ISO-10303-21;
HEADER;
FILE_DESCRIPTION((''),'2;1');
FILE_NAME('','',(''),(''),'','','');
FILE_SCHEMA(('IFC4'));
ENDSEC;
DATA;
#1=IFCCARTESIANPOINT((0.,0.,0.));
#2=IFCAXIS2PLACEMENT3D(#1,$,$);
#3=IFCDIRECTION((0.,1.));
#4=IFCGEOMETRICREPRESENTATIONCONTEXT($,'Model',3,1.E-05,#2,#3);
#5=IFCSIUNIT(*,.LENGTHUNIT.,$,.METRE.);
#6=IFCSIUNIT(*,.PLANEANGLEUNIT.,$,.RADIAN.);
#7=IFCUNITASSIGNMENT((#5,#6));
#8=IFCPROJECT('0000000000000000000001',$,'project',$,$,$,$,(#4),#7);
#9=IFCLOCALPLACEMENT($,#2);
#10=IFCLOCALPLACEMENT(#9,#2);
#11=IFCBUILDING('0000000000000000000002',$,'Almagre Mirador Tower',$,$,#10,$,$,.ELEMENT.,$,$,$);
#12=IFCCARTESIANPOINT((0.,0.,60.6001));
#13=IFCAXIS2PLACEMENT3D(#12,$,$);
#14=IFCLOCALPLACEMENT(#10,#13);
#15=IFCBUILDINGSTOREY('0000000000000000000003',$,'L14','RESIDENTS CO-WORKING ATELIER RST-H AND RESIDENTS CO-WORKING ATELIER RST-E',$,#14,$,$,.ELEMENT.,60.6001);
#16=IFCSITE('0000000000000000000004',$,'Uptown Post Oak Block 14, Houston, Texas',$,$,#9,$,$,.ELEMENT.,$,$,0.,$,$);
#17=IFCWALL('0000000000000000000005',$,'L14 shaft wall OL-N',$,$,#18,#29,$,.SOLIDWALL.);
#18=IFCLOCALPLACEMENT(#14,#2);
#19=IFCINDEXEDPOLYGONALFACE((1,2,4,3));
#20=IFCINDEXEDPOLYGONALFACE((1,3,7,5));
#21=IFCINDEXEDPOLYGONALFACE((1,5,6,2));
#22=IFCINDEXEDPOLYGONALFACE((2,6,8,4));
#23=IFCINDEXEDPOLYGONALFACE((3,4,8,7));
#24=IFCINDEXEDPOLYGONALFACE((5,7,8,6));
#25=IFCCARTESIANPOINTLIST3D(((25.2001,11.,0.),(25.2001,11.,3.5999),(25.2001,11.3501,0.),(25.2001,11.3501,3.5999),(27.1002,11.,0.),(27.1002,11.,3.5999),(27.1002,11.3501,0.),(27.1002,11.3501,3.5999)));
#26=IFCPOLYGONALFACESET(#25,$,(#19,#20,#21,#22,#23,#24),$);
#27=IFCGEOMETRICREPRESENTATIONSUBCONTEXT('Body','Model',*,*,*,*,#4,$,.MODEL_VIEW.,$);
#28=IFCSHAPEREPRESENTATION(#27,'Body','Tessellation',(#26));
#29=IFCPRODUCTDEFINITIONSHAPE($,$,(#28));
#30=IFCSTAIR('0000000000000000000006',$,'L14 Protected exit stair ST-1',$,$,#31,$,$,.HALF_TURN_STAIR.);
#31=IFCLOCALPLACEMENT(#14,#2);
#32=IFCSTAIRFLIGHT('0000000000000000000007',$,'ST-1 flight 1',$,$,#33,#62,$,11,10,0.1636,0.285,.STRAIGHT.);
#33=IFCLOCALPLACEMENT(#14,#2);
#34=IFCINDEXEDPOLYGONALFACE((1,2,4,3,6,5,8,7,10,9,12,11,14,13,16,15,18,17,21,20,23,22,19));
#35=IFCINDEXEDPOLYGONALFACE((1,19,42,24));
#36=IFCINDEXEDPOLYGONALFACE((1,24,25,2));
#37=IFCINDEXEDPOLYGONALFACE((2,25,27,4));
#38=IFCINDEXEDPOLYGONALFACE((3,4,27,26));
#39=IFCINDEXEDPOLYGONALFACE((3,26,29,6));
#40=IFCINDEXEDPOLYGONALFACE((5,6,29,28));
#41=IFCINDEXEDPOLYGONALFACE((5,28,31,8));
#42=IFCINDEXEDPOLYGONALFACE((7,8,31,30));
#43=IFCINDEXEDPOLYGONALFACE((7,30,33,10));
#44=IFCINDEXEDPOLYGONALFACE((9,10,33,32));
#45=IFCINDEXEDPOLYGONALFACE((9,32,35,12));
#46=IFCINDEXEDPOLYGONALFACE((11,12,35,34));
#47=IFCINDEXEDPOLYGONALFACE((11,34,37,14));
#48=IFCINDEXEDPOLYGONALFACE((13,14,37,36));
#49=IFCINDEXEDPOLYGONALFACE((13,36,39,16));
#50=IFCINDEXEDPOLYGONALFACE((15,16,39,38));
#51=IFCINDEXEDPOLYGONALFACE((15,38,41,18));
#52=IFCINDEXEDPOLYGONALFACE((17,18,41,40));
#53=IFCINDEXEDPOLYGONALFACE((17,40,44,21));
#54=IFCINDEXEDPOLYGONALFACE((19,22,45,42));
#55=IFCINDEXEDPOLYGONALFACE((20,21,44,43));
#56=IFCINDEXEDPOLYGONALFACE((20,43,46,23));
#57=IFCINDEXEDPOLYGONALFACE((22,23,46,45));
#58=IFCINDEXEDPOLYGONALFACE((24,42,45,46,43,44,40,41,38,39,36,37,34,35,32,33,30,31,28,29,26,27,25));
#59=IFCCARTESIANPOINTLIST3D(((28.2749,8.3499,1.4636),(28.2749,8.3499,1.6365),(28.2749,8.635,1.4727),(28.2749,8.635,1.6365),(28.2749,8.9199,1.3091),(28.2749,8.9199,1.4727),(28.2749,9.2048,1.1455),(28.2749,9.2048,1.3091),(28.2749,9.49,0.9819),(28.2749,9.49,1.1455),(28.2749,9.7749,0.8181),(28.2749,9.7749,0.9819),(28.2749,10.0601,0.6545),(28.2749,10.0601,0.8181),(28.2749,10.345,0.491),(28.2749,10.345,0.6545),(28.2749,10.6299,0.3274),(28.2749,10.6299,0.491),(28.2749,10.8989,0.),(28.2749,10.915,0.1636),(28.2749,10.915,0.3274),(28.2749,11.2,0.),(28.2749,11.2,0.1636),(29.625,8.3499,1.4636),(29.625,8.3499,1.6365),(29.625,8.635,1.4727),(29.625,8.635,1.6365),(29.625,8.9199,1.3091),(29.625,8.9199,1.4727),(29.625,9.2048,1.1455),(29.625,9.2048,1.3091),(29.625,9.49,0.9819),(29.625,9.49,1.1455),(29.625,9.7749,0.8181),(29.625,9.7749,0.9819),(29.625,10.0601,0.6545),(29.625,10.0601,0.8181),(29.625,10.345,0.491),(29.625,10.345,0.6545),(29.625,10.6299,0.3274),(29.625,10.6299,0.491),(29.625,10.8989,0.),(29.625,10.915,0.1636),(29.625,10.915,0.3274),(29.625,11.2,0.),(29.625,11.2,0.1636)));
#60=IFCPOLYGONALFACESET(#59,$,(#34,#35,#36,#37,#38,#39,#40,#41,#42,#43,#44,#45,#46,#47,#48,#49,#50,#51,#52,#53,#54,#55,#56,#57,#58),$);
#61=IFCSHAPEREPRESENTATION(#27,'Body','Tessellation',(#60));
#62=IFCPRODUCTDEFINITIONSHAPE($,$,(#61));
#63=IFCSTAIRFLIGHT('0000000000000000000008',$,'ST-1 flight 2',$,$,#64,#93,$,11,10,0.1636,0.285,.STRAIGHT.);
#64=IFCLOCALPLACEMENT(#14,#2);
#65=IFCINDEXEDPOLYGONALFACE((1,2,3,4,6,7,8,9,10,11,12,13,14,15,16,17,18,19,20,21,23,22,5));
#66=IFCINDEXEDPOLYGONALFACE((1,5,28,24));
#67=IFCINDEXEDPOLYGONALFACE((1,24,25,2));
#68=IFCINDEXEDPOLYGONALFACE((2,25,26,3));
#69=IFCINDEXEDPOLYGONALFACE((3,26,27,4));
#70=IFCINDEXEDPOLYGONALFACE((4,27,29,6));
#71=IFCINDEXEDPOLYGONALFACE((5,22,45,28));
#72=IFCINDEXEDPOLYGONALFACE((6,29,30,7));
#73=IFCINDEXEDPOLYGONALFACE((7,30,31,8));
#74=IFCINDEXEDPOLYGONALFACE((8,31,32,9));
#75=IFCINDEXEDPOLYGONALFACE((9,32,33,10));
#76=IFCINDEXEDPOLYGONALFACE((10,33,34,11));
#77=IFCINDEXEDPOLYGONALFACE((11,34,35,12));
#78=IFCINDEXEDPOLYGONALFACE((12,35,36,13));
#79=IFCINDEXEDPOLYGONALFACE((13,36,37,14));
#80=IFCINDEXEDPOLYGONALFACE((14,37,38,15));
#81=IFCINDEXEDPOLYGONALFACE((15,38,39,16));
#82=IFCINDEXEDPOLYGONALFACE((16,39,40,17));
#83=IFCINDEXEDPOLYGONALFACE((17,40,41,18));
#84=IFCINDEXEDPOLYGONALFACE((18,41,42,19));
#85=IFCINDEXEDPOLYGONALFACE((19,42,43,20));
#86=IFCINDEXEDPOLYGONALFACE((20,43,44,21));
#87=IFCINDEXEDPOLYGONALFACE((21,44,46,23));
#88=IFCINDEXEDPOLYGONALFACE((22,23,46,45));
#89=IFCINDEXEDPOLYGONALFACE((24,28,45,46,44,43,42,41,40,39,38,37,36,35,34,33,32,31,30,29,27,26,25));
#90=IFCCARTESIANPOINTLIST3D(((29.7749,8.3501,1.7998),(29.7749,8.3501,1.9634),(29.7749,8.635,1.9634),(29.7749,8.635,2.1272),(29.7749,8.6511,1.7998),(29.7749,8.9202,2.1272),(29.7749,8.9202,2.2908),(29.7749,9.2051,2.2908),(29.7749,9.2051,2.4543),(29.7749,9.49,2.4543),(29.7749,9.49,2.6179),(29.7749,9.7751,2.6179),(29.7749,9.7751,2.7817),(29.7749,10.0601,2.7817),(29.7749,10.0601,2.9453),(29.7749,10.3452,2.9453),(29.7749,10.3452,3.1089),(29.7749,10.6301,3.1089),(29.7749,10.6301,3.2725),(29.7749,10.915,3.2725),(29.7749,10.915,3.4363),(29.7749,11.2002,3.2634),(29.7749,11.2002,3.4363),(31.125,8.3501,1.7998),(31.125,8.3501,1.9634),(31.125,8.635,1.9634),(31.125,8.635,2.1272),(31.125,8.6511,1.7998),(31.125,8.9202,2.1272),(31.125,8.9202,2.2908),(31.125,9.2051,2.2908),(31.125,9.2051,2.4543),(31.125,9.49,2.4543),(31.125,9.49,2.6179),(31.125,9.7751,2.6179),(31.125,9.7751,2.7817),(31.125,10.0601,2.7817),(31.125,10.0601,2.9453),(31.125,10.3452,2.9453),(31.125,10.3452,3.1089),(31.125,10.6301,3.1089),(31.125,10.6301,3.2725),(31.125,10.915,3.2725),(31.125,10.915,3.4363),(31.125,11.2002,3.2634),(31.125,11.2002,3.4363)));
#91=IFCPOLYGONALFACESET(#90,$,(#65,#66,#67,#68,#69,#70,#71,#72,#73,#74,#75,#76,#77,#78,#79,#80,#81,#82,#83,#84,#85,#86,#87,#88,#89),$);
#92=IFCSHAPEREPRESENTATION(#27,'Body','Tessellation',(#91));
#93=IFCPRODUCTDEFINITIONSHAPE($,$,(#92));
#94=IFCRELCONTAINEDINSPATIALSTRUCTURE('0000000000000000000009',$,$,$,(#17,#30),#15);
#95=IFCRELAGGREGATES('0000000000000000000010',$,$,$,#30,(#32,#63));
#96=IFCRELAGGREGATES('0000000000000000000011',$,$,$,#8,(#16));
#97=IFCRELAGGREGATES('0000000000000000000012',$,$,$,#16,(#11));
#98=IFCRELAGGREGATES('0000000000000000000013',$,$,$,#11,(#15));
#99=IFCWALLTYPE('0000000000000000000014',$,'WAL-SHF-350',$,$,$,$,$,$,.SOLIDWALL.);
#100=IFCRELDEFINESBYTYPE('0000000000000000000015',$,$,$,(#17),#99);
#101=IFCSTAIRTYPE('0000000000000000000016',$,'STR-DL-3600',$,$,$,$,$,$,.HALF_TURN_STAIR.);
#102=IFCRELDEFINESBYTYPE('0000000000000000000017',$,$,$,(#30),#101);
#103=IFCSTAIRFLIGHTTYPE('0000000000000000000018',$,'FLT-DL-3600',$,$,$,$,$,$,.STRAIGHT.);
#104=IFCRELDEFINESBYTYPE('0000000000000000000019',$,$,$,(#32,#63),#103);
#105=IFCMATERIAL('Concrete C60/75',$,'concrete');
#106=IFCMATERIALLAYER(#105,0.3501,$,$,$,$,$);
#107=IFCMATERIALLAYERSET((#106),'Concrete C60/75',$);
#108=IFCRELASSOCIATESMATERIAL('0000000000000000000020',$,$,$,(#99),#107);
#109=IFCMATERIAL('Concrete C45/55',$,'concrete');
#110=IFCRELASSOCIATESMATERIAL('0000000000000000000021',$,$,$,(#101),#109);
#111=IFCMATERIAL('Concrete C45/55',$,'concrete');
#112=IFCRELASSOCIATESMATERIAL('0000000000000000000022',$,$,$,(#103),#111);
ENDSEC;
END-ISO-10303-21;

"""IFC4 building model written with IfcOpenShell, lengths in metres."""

from ifc_helpers import new_model, si_unit, direction, frame, frame_2d, origin, place, context, subcontext, project, spatial, polyline, rectangle, outline, extrude, material, layer, layer_set, type_object, element, aggregate, save


model = new_model("IFC4")

# Units and contexts
model_context = context("Model", 3, precision=1e-05, world=origin(), true_north=direction((0.0, 1.0)))
body_context = subcontext(model_context, "Body", "Model", "MODEL_VIEW")
ifc_project = project(units=[si_unit("LENGTHUNIT", "METRE"), si_unit("PLANEANGLEUNIT", "RADIAN")], contexts=[model_context])

# Site, building, storey
site_placement = place(None, origin())
site = spatial("IfcSite", under=ifc_project, at=site_placement, Name="Uptown Post Oak Block 14, Houston, Texas", CompositionType="ELEMENT", RefElevation=0.0)
building_placement = place(site_placement, origin())
building = spatial("IfcBuilding", under=site, at=building_placement, Name="Almagre Mirador Tower", CompositionType="ELEMENT")
storey_placement = place(building_placement, frame((0.0, 0.0, 60.6001)))
storey = spatial("IfcBuildingStorey", under=building, at=storey_placement, Name="L14", Description="RESIDENTS CO-WORKING ATELIER RST-H AND RESIDENTS CO-WORKING ATELIER RST-E", CompositionType="ELEMENT", Elevation=60.6001)

# Shared definitions
ifc_material_1 = material(Name="Concrete C60/75", Category="concrete")
ifc_layer_1 = layer(ifc_material_1, 0.3501)
ifc_layer_set_1 = layer_set([ifc_layer_1], Name="Concrete C60/75")
wall_type_1 = type_object("IfcWallType", Name="WAL-SHF-350", PredefinedType="SOLIDWALL", material=ifc_layer_set_1)

# Wall
for number, where, z_axis, x_axis, name in (
    (1, (25.2, 11.175, 0.0), (0.0, 0.0, 1.0), (1.0, 0.0, 0.0), "L14 shaft wall OL-N"),
):
    element("IfcWall", number, at=place(storey_placement, frame(where, z_axis=z_axis, x_axis=x_axis)), inside=storey, type_object=wall_type_1, Name=name, PredefinedType="SOLIDWALL", context=body_context, shape_type="SweptSolid", body=[
        extrude(rectangle(XDim=1.9001, YDim=0.3501, at=frame_2d((0.9502, 0.0))), origin(), (0.0, 0.0, 1.0), 3.5999),
    ])

# Stair, stair flights
ifc_material_2 = material(Name="Concrete C45/55", Category="concrete")
stair_type = type_object("IfcStairType", Name="STR-DL-3600", PredefinedType="HALF_TURN_STAIR", material=ifc_material_2)
stair_placement = place(storey_placement, origin())
stair = element("IfcStair", 2, at=stair_placement, inside=storey, type_object=stair_type, Name="L14 Protected exit stair ST-1", PredefinedType="HALF_TURN_STAIR")
ifc_material_3 = material(Name="Concrete C45/55", Category="concrete")
stair_flight_type = type_object("IfcStairFlightType", Name="FLT-DL-3600", PredefinedType="STRAIGHT", material=ifc_material_3)
stair_flight_1_placement = place(storey_placement, frame((28.95, 11.2, 0.0), z_axis=(0.0, 0.0, 1.0), x_axis=(0.0, -1.0, 0.0)))
stair_flight_1 = element("IfcStairFlight", 3, at=stair_flight_1_placement, type_object=stair_flight_type, Name="ST-1 flight 1", NumberOfRisers=11, NumberOfTreads=10, PredefinedType="STRAIGHT", RiserHeight=0.1636, TreadLength=0.285, context=body_context, shape_type="SweptSolid", body=[
    extrude(outline(polyline([(0.0, 0.0), (0.0, 0.1636), (0.2849, 0.1636), (0.2849, 0.3274), (0.5701, 0.3274), (0.5701, 0.491), (0.855, 0.491), (0.855, 0.6545), (1.1399, 0.6545), (1.1399, 0.8181), (1.425, 0.8181), (1.425, 0.9819), (1.71, 0.9819), (1.71, 1.1455), (1.9951, 1.1455), (1.9951, 1.3091), (2.28, 1.3091), (2.28, 1.4727), (2.5649, 1.4727), (2.5649, 1.6365), (2.8501, 1.6365), (2.8501, 1.8), (2.8501, 1.4636), (0.301, 0.0), (0.0, 0.0)])), frame((0.0, 0.675, 0.0), z_axis=(0.0, -1.0, 0.0), x_axis=(1.0, 0.0, 0.0)), (0.0, 0.0, 1.0), 1.3501),
])
stair_flight_2_placement = place(storey_placement, frame((30.45, 8.3501, 1.7998), z_axis=(0.0, 0.0, 1.0), x_axis=(0.0, 1.0, 0.0)))
stair_flight_2 = element("IfcStairFlight", 4, at=stair_flight_2_placement, type_object=stair_flight_type, Name="ST-1 flight 2", NumberOfRisers=11, NumberOfTreads=10, PredefinedType="STRAIGHT", RiserHeight=0.1636, TreadLength=0.285, context=body_context, shape_type="SweptSolid", body=[
    extrude(outline(polyline([(0.0, 0.0), (0.0, 0.1636), (0.2849, 0.1636), (0.2849, 0.3274), (0.5701, 0.3274), (0.5701, 0.491), (0.855, 0.491), (0.855, 0.6545), (1.1399, 0.6545), (1.1399, 0.8181), (1.425, 0.8181), (1.425, 0.9819), (1.71, 0.9819), (1.71, 1.1455), (1.9951, 1.1455), (1.9951, 1.3091), (2.28, 1.3091), (2.28, 1.4727), (2.5649, 1.4727), (2.5649, 1.6365), (2.8501, 1.6365), (2.8501, 1.8), (2.8501, 1.4636), (0.301, 0.0), (0.0, 0.0)])), frame((0.0, 0.675, 0.0), z_axis=(0.0, -1.0, 0.0), x_axis=(1.0, 0.0, 0.0)), (0.0, 0.0, 1.0), 1.3501),
])
aggregate(stair, [stair_flight_1, stair_flight_2])

save(model, "model.ifc")
